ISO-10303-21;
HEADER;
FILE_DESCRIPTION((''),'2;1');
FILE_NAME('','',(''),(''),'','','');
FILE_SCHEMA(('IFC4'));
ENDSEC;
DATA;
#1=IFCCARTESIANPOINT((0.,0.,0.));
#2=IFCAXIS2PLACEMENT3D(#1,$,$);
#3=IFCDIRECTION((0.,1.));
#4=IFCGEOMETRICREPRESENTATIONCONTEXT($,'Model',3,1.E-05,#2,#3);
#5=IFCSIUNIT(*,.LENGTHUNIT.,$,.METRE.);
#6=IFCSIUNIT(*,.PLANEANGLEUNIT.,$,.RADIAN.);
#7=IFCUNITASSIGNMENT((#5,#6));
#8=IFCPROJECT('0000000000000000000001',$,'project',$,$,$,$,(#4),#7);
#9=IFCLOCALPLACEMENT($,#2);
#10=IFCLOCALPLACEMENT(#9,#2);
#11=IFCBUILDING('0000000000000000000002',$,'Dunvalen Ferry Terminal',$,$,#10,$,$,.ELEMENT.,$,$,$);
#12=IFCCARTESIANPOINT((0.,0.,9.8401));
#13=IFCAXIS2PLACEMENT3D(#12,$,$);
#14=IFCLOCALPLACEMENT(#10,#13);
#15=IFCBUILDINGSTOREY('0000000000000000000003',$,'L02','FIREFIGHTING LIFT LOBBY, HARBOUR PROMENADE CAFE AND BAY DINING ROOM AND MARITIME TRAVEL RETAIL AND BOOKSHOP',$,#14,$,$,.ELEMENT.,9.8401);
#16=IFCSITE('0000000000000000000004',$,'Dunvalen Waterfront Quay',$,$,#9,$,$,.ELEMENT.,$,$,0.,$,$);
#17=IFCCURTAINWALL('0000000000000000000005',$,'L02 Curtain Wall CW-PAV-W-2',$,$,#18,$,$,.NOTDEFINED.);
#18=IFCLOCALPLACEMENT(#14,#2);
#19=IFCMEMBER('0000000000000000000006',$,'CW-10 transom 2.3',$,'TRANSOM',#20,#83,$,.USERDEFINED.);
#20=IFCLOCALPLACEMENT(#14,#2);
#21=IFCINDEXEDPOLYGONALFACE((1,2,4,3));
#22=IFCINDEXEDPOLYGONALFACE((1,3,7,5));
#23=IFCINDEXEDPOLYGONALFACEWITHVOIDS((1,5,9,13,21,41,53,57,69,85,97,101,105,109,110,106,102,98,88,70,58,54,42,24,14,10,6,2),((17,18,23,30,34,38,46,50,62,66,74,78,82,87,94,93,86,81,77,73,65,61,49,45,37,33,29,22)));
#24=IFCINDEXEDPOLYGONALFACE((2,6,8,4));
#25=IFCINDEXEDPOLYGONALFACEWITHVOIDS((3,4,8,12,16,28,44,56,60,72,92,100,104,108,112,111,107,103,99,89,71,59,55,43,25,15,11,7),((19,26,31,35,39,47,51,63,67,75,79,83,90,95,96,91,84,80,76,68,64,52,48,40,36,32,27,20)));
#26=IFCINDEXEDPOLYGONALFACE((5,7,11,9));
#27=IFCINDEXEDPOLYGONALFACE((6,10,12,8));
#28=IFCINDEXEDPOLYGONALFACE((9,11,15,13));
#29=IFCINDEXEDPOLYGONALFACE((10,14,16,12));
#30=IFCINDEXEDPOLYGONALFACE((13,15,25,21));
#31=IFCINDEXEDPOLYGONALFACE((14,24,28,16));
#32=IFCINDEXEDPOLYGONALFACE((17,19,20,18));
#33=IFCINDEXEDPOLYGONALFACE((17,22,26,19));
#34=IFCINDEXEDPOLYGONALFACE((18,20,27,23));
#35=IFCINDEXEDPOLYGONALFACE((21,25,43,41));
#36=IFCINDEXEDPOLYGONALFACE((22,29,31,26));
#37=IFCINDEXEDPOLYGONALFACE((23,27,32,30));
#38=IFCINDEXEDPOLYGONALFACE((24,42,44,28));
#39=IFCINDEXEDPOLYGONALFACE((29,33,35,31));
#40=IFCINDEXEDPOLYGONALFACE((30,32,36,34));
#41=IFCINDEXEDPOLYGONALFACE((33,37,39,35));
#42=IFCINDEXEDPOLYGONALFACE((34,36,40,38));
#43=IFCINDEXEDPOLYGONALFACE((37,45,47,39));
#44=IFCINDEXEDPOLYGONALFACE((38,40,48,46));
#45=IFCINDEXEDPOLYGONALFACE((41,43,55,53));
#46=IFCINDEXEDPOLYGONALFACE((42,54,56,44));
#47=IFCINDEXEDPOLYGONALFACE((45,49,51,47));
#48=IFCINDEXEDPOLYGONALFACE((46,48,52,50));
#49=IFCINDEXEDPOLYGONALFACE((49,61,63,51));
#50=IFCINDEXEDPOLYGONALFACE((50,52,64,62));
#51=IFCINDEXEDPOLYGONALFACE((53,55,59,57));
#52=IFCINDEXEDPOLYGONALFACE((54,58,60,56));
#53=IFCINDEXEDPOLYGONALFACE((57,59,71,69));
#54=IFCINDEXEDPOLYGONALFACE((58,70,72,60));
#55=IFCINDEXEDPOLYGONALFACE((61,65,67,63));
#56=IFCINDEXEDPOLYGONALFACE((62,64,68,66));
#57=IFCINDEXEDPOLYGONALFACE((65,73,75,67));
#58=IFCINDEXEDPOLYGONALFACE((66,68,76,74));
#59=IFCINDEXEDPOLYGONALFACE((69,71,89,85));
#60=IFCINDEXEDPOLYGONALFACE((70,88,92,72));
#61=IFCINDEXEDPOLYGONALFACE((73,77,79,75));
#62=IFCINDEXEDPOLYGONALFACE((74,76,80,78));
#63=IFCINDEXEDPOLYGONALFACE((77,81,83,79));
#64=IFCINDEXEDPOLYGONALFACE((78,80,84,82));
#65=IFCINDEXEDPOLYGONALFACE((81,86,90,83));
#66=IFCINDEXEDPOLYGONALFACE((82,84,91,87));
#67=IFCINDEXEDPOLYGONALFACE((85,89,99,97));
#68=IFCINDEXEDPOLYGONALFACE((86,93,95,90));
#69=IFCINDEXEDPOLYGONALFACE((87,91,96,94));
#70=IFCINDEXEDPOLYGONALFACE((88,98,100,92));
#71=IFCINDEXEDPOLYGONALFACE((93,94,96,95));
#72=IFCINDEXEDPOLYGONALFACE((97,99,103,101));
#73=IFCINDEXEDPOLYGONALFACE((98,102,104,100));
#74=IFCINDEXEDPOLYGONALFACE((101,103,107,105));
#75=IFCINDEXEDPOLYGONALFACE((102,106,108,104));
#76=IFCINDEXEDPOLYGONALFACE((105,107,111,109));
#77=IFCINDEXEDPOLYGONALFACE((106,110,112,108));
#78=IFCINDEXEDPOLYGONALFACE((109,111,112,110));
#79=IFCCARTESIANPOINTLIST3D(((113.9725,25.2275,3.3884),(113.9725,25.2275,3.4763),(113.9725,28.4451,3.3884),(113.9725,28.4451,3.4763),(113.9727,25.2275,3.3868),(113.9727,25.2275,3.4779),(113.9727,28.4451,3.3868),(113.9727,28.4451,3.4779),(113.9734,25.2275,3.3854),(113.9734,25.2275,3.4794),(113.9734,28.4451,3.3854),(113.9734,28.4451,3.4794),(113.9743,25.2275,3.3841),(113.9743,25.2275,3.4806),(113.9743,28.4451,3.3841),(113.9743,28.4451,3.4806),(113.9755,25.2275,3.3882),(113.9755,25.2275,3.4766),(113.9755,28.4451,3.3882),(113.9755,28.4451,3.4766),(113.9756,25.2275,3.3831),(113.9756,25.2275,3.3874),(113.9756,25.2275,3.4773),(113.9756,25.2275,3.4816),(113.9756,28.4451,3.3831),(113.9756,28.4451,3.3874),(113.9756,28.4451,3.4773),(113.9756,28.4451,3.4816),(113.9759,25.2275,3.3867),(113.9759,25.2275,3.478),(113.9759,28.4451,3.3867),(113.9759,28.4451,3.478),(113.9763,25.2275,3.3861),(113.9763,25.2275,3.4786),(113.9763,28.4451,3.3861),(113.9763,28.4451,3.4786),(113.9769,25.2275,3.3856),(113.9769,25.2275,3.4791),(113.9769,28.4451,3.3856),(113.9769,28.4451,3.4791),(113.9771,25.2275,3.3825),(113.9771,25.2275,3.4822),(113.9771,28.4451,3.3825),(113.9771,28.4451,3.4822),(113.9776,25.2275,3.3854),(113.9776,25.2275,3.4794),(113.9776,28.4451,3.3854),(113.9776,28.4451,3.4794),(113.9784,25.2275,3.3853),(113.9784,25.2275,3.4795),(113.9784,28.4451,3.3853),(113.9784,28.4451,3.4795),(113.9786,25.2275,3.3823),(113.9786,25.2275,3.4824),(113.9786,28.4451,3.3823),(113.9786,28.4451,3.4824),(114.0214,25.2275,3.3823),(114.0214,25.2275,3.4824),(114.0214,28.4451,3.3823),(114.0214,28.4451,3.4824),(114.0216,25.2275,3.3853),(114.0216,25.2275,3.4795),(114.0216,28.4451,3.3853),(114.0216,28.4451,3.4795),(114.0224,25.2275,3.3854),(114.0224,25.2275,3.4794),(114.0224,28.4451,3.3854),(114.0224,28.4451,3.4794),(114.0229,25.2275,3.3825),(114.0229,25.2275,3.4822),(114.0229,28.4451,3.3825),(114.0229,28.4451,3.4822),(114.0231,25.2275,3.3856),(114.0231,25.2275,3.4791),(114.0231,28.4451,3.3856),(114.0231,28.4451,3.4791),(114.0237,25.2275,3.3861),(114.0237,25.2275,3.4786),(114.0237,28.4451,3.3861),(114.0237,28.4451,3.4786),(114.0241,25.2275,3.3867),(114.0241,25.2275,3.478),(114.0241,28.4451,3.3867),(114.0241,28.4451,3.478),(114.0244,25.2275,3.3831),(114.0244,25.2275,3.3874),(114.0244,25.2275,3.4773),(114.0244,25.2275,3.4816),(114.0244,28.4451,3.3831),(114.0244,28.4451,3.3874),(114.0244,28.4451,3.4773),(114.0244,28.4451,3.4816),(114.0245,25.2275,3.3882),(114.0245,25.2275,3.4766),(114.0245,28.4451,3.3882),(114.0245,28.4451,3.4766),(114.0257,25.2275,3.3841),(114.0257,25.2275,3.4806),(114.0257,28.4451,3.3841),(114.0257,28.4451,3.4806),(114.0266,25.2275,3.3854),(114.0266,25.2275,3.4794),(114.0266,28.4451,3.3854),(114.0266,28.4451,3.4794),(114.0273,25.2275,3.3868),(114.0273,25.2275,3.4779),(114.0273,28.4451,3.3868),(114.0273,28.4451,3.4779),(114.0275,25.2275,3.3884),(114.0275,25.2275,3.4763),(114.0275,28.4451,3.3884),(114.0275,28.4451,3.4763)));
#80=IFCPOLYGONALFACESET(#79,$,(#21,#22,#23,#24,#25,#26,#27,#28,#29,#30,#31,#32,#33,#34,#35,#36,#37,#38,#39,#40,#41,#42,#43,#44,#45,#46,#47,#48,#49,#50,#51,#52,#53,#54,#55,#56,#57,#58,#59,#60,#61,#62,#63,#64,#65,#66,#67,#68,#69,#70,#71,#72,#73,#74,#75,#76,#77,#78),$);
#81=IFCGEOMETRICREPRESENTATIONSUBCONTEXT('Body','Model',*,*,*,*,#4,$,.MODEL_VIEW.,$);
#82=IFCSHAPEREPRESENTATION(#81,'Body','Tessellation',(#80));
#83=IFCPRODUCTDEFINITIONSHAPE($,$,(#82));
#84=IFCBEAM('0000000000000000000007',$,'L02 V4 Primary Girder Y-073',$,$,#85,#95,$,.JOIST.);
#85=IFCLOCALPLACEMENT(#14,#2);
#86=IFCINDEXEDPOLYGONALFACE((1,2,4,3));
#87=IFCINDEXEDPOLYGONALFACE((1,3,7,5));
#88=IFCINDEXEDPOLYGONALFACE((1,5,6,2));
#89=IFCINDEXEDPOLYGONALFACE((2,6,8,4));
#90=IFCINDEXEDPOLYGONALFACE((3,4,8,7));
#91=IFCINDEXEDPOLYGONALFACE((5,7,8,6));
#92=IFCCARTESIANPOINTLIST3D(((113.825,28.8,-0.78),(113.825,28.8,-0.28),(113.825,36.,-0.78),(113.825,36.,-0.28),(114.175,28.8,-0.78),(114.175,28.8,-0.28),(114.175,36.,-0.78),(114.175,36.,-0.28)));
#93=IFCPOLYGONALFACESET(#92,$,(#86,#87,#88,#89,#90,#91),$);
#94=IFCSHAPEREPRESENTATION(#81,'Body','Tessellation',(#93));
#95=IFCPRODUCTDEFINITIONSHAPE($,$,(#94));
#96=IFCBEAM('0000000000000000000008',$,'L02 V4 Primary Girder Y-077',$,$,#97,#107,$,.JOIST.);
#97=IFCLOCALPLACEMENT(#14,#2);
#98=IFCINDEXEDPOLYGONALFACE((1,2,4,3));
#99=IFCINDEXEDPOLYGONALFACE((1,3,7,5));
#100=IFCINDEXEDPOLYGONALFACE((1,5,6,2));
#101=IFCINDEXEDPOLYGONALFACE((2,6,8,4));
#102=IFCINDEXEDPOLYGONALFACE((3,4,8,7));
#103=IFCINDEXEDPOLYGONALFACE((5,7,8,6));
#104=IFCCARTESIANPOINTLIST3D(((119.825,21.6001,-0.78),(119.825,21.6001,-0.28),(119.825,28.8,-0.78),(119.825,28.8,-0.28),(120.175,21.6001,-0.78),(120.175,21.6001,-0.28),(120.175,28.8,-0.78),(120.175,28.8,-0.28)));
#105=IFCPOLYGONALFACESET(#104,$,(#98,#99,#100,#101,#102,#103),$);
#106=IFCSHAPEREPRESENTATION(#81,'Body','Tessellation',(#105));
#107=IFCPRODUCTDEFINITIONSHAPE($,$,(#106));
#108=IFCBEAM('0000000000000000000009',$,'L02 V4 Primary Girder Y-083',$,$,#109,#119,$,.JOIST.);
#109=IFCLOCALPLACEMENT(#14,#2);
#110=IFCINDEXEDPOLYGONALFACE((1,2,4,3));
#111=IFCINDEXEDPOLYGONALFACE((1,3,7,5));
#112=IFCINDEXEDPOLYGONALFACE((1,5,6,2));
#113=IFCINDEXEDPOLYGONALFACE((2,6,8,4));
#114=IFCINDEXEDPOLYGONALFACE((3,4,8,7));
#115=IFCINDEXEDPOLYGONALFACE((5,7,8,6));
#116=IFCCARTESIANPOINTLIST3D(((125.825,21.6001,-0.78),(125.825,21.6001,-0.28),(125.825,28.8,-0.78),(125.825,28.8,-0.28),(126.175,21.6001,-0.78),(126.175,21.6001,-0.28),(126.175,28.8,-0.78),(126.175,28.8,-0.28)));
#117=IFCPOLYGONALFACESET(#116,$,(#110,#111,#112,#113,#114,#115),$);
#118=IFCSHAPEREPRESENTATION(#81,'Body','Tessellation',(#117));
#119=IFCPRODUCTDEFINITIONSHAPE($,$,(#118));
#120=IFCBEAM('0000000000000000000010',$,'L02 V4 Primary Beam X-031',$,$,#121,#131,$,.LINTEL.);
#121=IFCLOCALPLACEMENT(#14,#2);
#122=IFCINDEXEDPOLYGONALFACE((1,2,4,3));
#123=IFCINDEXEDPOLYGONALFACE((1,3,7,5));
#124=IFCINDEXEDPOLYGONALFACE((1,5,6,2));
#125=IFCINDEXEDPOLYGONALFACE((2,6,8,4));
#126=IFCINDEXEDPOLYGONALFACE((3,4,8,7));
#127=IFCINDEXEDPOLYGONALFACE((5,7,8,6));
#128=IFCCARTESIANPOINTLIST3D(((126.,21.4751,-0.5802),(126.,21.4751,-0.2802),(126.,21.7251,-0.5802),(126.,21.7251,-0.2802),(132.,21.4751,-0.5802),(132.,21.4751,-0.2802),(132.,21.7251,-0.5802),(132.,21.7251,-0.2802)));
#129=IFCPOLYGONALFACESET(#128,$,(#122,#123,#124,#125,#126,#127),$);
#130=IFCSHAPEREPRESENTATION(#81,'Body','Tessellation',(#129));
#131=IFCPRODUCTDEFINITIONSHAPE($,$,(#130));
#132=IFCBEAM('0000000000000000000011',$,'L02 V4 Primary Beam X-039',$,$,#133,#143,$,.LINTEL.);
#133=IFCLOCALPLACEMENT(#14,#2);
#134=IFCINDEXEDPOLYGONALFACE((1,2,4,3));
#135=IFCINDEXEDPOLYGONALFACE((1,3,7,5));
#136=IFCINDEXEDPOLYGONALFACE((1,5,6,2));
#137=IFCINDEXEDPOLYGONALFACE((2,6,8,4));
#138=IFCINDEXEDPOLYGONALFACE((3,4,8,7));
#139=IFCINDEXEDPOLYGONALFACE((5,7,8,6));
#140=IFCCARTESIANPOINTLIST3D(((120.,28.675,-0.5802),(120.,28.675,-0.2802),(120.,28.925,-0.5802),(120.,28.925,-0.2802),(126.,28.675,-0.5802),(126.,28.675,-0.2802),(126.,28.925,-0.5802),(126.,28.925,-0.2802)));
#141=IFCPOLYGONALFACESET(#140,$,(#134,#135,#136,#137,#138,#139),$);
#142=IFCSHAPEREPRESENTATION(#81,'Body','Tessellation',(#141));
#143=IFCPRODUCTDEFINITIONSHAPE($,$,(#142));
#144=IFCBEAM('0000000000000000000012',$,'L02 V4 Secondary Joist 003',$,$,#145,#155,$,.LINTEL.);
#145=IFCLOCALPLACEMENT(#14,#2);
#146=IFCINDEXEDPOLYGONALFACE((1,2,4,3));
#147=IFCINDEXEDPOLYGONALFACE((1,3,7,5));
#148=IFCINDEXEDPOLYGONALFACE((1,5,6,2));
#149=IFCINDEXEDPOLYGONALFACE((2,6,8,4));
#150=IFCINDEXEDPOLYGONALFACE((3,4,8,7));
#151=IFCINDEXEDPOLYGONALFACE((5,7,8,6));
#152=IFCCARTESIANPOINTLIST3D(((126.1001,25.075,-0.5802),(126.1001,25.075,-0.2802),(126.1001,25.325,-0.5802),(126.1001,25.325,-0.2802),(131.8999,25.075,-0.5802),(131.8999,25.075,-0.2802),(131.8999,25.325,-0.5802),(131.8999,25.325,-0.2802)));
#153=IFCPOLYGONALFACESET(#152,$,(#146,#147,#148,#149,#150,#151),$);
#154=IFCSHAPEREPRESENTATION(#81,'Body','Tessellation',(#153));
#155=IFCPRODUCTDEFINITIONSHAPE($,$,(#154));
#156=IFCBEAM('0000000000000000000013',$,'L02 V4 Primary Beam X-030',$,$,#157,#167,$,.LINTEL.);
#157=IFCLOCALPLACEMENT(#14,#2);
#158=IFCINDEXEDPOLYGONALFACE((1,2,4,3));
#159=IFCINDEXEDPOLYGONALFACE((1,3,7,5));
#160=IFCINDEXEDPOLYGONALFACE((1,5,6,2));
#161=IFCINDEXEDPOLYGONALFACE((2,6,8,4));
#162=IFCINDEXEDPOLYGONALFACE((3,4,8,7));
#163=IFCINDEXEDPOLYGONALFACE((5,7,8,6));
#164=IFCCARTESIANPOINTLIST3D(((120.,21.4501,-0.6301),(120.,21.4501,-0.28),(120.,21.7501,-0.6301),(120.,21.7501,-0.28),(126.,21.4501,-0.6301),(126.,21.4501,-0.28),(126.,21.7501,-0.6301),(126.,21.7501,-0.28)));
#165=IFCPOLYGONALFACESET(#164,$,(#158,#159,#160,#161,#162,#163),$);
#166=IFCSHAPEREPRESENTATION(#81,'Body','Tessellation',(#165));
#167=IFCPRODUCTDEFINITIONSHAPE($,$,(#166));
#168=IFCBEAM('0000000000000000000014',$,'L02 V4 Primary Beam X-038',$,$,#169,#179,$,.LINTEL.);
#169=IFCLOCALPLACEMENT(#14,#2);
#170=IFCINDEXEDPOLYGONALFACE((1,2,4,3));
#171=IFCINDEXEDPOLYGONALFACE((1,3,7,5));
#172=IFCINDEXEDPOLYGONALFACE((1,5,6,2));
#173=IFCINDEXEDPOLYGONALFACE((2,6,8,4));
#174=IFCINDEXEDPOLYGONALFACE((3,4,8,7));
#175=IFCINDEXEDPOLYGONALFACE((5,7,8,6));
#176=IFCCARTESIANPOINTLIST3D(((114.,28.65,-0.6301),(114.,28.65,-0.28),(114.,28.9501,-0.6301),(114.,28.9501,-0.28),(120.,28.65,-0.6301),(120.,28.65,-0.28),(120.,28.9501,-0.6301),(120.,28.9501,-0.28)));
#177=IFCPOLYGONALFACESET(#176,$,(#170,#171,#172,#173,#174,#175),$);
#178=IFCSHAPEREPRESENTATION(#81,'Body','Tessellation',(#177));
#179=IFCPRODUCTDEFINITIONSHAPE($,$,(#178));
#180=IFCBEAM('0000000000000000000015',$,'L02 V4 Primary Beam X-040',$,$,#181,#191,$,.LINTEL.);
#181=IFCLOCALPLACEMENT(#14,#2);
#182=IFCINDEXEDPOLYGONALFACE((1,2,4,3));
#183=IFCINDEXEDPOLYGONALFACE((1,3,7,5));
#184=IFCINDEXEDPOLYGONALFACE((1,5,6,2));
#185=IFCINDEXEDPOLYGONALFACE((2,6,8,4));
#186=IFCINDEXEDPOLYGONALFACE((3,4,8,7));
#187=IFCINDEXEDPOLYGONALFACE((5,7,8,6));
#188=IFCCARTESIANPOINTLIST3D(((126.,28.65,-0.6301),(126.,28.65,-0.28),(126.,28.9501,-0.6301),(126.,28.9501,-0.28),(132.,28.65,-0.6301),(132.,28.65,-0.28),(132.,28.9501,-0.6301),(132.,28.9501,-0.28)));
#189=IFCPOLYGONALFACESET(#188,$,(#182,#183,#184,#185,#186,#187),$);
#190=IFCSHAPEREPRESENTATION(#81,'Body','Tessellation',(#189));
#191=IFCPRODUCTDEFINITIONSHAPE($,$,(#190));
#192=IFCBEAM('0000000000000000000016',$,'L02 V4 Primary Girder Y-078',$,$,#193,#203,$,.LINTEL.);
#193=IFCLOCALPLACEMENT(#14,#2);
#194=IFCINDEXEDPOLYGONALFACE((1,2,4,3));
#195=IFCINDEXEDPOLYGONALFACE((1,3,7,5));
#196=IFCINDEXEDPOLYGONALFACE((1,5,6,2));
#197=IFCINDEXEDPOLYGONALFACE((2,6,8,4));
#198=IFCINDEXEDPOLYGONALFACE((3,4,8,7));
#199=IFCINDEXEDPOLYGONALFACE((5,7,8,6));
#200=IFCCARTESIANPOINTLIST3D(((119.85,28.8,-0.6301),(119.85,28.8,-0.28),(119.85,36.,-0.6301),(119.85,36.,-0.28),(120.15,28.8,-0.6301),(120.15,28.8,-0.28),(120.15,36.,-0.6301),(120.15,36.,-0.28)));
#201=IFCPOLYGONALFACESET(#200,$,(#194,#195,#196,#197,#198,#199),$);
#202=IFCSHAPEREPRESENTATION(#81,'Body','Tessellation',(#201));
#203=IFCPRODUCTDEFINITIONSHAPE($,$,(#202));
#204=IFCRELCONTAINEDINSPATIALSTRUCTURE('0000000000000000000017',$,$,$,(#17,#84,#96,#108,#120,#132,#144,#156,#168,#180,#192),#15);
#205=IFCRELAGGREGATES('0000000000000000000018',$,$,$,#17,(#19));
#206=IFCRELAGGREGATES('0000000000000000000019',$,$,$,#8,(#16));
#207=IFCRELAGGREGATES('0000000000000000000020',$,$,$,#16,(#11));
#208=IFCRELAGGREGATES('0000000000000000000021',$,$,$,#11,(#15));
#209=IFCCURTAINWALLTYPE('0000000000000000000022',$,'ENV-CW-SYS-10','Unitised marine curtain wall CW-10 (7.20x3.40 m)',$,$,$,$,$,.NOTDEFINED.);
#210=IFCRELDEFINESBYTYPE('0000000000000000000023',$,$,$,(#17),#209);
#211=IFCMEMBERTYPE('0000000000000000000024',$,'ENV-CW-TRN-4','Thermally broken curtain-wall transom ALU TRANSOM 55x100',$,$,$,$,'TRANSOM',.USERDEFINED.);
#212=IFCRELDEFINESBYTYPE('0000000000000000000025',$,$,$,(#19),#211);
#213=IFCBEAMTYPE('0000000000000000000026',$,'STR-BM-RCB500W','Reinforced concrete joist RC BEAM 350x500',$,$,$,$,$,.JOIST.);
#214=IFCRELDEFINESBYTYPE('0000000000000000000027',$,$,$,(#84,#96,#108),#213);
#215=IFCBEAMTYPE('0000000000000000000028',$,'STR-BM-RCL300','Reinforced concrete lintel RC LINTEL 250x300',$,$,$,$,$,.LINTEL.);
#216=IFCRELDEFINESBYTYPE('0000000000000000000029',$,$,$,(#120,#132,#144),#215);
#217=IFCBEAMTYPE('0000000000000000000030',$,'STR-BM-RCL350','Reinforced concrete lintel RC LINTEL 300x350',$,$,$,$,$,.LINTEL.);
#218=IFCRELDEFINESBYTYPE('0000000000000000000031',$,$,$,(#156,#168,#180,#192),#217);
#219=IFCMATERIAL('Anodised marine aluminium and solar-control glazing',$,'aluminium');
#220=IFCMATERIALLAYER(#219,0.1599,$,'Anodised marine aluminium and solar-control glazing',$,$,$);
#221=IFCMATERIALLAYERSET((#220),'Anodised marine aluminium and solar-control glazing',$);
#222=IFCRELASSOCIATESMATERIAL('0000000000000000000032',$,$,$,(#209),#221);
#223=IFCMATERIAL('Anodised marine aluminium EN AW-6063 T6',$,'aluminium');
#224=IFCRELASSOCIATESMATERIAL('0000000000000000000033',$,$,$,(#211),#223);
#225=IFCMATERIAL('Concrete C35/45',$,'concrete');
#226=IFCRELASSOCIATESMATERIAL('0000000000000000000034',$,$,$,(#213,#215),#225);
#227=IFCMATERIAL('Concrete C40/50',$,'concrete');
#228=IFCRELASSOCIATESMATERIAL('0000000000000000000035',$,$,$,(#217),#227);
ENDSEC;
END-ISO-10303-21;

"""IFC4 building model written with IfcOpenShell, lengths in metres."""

from ifc_helpers import new_model, si_unit, direction, frame, origin, origin_2d, place, context, subcontext, project, spatial, rectangle, hollow_rectangle, extrude, material, layer, layer_set, material_profile, profile_set, type_object, element, aggregate, save


model = new_model("IFC4")

# Units and contexts
model_context = context("Model", 3, precision=1e-05, world=origin(), true_north=direction((0.0, 1.0)))
body_context = subcontext(model_context, "Body", "Model", "MODEL_VIEW")
ifc_project = project(units=[si_unit("LENGTHUNIT", "METRE"), si_unit("PLANEANGLEUNIT", "RADIAN")], contexts=[model_context])

# Site, building, storey
site_placement = place(None, origin())
site = spatial("IfcSite", under=ifc_project, at=site_placement, Name="Dunvalen Waterfront Quay", CompositionType="ELEMENT", RefElevation=0.0)
building_placement = place(site_placement, origin())
building = spatial("IfcBuilding", under=site, at=building_placement, Name="Dunvalen Ferry Terminal", CompositionType="ELEMENT")
storey_placement = place(building_placement, frame((0.0, 0.0, 9.8401)))
storey = spatial("IfcBuildingStorey", under=building, at=storey_placement, Name="L02", Description="FIREFIGHTING LIFT LOBBY, HARBOUR PROMENADE CAFE AND BAY DINING ROOM AND MARITIME TRAVEL RETAIL AND BOOKSHOP", CompositionType="ELEMENT", Elevation=9.8401)

# Curtain wall, member
ifc_material_1 = material(Name="Anodised marine aluminium and solar-control glazing", Category="aluminium")
ifc_layer_1 = layer(ifc_material_1, 0.1599, Name="Anodised marine aluminium and solar-control glazing")
ifc_layer_set_1 = layer_set([ifc_layer_1], Name="Anodised marine aluminium and solar-control glazing")
curtain_wall_type = type_object("IfcCurtainWallType", Name="ENV-CW-SYS-10", Description="Unitised marine curtain wall CW-10 (7.20x3.40 m)", PredefinedType="NOTDEFINED", material=ifc_layer_set_1)
curtain_wall_placement = place(storey_placement, origin())
curtain_wall = element("IfcCurtainWall", 1, at=curtain_wall_placement, inside=storey, type_object=curtain_wall_type, Name="L02 Curtain Wall CW-PAV-W-2", PredefinedType="NOTDEFINED")
ifc_material_2 = material(Name="Anodised marine aluminium EN AW-6063 T6", Category="aluminium")
ifc_material_profile_1 = material_profile(ifc_material_2, hollow_rectangle(XDim=0.0549, YDim=0.1001, WallThickness=0.0029, InnerFilletRadius=0.0029, OuterFilletRadius=0.0061, at=origin_2d()), Name="Anodised marine aluminium EN AW-6063 T6")
ifc_profile_set_1 = profile_set([ifc_material_profile_1], Name="Anodised marine aluminium EN AW-6063 T6")
member_type_1 = type_object("IfcMemberType", Name="ENV-CW-TRN-4", Description="Thermally broken curtain-wall transom ALU TRANSOM 55x100", ElementType="TRANSOM", PredefinedType="USERDEFINED", material=ifc_profile_set_1)
member_1_placement = place(storey_placement, frame((114.0, 25.2275, 3.4324), z_axis=(0.0, 1.0, 0.0), x_axis=(-1.0, 0.0, 0.0)))
member_1 = element("IfcMember", 2, at=member_1_placement, type_object=member_type_1, Name="CW-10 transom 2.3", ObjectType="TRANSOM", PredefinedType="USERDEFINED", context=body_context, shape_type="SweptSolid", body=[
    extrude(hollow_rectangle(XDim=0.0549, YDim=0.1001, WallThickness=0.0029, InnerFilletRadius=0.0029, OuterFilletRadius=0.0061, at=origin_2d()), origin(), (0.0, 0.0, 1.0), 3.2175),
])

# Beams
ifc_material_3 = material(Name="Concrete C35/45", Category="concrete")
ifc_material_profile_2 = material_profile(ifc_material_3, rectangle(XDim=0.3501, YDim=0.5, at=origin_2d()), Name="Concrete C35/45")
ifc_profile_set_2 = profile_set([ifc_material_profile_2], Name="Concrete C35/45")
beam_type_1 = type_object("IfcBeamType", Name="STR-BM-RCB500W", Description="Reinforced concrete joist RC BEAM 350x500", PredefinedType="JOIST", material=ifc_profile_set_2)
for number, where, z_axis, x_axis, name in (
    (3, (114.0, 28.8, -0.53), (0.0, 1.0, 0.0), (-1.0, 0.0, 0.0), "L02 V4 Primary Girder Y-073"),
    (4, (120.0, 21.6001, -0.53), (0.0, 1.0, 0.0), (-1.0, 0.0, 0.0), "L02 V4 Primary Girder Y-077"),
    (5, (126.0, 21.6001, -0.53), (0.0, 1.0, 0.0), (-1.0, 0.0, 0.0), "L02 V4 Primary Girder Y-083"),
):
    element("IfcBeam", number, at=place(storey_placement, frame(where, z_axis=z_axis, x_axis=x_axis)), inside=storey, type_object=beam_type_1, Name=name, PredefinedType="JOIST", context=body_context, shape_type="SweptSolid", body=[
        extrude(rectangle(XDim=0.3501, YDim=0.5, at=origin_2d()), origin(), (0.0, 0.0, 1.0), 7.2),
    ])
ifc_material_profile_3 = material_profile(ifc_material_3, rectangle(XDim=0.25, YDim=0.3, at=origin_2d()), Name="Concrete C35/45")
ifc_profile_set_3 = profile_set([ifc_material_profile_3], Name="Concrete C35/45")
beam_type_2 = type_object("IfcBeamType", Name="STR-BM-RCL300", Description="Reinforced concrete lintel RC LINTEL 250x300", PredefinedType="LINTEL", material=ifc_profile_set_3)
for number, where, z_axis, x_axis, name in (
    (6, (126.0, 21.6001, -0.4302), (1.0, 0.0, 0.0), (0.0, 1.0, 0.0), "L02 V4 Primary Beam X-031"),
    (7, (120.0, 28.8, -0.4302), (1.0, 0.0, 0.0), (0.0, 1.0, 0.0), "L02 V4 Primary Beam X-039"),
):
    element("IfcBeam", number, at=place(storey_placement, frame(where, z_axis=z_axis, x_axis=x_axis)), inside=storey, type_object=beam_type_2, Name=name, PredefinedType="LINTEL", context=body_context, shape_type="SweptSolid", body=[
        extrude(rectangle(XDim=0.25, YDim=0.3, at=origin_2d()), origin(), (0.0, 0.0, 1.0), 6.0),
    ])
beam_placement = place(storey_placement, frame((126.1001, 25.2, -0.4302), z_axis=(1.0, 0.0, 0.0), x_axis=(0.0, 1.0, 0.0)))
element("IfcBeam", 8, at=beam_placement, inside=storey, type_object=beam_type_2, Name="L02 V4 Secondary Joist 003", PredefinedType="LINTEL", context=body_context, shape_type="SweptSolid", body=[
    extrude(rectangle(XDim=0.25, YDim=0.3, at=origin_2d()), origin(), (0.0, 0.0, 1.0), 5.7998),
])
ifc_material_4 = material(Name="Concrete C40/50", Category="concrete")
ifc_material_profile_4 = material_profile(ifc_material_4, rectangle(XDim=0.3, YDim=0.3501, at=origin_2d()), Name="Concrete C40/50")
ifc_profile_set_4 = profile_set([ifc_material_profile_4], Name="Concrete C40/50")
beam_type_3 = type_object("IfcBeamType", Name="STR-BM-RCL350", Description="Reinforced concrete lintel RC LINTEL 300x350", PredefinedType="LINTEL", material=ifc_profile_set_4)
for number, where, z_axis, x_axis, name in (
    (9, (120.0, 21.6001, -0.4551), (1.0, 0.0, 0.0), (0.0, 1.0, 0.0), "L02 V4 Primary Beam X-030"),
    (10, (114.0, 28.8, -0.4551), (1.0, 0.0, 0.0), (0.0, 1.0, 0.0), "L02 V4 Primary Beam X-038"),
    (11, (126.0, 28.8, -0.4551), (1.0, 0.0, 0.0), (0.0, 1.0, 0.0), "L02 V4 Primary Beam X-040"),
):
    element("IfcBeam", number, at=place(storey_placement, frame(where, z_axis=z_axis, x_axis=x_axis)), inside=storey, type_object=beam_type_3, Name=name, PredefinedType="LINTEL", context=body_context, shape_type="SweptSolid", body=[
        extrude(rectangle(XDim=0.3, YDim=0.3501, at=origin_2d()), origin(), (0.0, 0.0, 1.0), 6.0),
    ])
for number, where, z_axis, x_axis, name in (
    (12, (120.0, 28.8, -0.4551), (0.0, 1.0, 0.0), (-1.0, 0.0, 0.0), "L02 V4 Primary Girder Y-078"),
):
    element("IfcBeam", number, at=place(storey_placement, frame(where, z_axis=z_axis, x_axis=x_axis)), inside=storey, type_object=beam_type_3, Name=name, PredefinedType="LINTEL", context=body_context, shape_type="SweptSolid", body=[
        extrude(rectangle(XDim=0.3, YDim=0.3501, at=origin_2d()), origin(), (0.0, 0.0, 1.0), 7.2),
    ])

aggregate(curtain_wall, [member_1])

save(model, "model.ifc")
